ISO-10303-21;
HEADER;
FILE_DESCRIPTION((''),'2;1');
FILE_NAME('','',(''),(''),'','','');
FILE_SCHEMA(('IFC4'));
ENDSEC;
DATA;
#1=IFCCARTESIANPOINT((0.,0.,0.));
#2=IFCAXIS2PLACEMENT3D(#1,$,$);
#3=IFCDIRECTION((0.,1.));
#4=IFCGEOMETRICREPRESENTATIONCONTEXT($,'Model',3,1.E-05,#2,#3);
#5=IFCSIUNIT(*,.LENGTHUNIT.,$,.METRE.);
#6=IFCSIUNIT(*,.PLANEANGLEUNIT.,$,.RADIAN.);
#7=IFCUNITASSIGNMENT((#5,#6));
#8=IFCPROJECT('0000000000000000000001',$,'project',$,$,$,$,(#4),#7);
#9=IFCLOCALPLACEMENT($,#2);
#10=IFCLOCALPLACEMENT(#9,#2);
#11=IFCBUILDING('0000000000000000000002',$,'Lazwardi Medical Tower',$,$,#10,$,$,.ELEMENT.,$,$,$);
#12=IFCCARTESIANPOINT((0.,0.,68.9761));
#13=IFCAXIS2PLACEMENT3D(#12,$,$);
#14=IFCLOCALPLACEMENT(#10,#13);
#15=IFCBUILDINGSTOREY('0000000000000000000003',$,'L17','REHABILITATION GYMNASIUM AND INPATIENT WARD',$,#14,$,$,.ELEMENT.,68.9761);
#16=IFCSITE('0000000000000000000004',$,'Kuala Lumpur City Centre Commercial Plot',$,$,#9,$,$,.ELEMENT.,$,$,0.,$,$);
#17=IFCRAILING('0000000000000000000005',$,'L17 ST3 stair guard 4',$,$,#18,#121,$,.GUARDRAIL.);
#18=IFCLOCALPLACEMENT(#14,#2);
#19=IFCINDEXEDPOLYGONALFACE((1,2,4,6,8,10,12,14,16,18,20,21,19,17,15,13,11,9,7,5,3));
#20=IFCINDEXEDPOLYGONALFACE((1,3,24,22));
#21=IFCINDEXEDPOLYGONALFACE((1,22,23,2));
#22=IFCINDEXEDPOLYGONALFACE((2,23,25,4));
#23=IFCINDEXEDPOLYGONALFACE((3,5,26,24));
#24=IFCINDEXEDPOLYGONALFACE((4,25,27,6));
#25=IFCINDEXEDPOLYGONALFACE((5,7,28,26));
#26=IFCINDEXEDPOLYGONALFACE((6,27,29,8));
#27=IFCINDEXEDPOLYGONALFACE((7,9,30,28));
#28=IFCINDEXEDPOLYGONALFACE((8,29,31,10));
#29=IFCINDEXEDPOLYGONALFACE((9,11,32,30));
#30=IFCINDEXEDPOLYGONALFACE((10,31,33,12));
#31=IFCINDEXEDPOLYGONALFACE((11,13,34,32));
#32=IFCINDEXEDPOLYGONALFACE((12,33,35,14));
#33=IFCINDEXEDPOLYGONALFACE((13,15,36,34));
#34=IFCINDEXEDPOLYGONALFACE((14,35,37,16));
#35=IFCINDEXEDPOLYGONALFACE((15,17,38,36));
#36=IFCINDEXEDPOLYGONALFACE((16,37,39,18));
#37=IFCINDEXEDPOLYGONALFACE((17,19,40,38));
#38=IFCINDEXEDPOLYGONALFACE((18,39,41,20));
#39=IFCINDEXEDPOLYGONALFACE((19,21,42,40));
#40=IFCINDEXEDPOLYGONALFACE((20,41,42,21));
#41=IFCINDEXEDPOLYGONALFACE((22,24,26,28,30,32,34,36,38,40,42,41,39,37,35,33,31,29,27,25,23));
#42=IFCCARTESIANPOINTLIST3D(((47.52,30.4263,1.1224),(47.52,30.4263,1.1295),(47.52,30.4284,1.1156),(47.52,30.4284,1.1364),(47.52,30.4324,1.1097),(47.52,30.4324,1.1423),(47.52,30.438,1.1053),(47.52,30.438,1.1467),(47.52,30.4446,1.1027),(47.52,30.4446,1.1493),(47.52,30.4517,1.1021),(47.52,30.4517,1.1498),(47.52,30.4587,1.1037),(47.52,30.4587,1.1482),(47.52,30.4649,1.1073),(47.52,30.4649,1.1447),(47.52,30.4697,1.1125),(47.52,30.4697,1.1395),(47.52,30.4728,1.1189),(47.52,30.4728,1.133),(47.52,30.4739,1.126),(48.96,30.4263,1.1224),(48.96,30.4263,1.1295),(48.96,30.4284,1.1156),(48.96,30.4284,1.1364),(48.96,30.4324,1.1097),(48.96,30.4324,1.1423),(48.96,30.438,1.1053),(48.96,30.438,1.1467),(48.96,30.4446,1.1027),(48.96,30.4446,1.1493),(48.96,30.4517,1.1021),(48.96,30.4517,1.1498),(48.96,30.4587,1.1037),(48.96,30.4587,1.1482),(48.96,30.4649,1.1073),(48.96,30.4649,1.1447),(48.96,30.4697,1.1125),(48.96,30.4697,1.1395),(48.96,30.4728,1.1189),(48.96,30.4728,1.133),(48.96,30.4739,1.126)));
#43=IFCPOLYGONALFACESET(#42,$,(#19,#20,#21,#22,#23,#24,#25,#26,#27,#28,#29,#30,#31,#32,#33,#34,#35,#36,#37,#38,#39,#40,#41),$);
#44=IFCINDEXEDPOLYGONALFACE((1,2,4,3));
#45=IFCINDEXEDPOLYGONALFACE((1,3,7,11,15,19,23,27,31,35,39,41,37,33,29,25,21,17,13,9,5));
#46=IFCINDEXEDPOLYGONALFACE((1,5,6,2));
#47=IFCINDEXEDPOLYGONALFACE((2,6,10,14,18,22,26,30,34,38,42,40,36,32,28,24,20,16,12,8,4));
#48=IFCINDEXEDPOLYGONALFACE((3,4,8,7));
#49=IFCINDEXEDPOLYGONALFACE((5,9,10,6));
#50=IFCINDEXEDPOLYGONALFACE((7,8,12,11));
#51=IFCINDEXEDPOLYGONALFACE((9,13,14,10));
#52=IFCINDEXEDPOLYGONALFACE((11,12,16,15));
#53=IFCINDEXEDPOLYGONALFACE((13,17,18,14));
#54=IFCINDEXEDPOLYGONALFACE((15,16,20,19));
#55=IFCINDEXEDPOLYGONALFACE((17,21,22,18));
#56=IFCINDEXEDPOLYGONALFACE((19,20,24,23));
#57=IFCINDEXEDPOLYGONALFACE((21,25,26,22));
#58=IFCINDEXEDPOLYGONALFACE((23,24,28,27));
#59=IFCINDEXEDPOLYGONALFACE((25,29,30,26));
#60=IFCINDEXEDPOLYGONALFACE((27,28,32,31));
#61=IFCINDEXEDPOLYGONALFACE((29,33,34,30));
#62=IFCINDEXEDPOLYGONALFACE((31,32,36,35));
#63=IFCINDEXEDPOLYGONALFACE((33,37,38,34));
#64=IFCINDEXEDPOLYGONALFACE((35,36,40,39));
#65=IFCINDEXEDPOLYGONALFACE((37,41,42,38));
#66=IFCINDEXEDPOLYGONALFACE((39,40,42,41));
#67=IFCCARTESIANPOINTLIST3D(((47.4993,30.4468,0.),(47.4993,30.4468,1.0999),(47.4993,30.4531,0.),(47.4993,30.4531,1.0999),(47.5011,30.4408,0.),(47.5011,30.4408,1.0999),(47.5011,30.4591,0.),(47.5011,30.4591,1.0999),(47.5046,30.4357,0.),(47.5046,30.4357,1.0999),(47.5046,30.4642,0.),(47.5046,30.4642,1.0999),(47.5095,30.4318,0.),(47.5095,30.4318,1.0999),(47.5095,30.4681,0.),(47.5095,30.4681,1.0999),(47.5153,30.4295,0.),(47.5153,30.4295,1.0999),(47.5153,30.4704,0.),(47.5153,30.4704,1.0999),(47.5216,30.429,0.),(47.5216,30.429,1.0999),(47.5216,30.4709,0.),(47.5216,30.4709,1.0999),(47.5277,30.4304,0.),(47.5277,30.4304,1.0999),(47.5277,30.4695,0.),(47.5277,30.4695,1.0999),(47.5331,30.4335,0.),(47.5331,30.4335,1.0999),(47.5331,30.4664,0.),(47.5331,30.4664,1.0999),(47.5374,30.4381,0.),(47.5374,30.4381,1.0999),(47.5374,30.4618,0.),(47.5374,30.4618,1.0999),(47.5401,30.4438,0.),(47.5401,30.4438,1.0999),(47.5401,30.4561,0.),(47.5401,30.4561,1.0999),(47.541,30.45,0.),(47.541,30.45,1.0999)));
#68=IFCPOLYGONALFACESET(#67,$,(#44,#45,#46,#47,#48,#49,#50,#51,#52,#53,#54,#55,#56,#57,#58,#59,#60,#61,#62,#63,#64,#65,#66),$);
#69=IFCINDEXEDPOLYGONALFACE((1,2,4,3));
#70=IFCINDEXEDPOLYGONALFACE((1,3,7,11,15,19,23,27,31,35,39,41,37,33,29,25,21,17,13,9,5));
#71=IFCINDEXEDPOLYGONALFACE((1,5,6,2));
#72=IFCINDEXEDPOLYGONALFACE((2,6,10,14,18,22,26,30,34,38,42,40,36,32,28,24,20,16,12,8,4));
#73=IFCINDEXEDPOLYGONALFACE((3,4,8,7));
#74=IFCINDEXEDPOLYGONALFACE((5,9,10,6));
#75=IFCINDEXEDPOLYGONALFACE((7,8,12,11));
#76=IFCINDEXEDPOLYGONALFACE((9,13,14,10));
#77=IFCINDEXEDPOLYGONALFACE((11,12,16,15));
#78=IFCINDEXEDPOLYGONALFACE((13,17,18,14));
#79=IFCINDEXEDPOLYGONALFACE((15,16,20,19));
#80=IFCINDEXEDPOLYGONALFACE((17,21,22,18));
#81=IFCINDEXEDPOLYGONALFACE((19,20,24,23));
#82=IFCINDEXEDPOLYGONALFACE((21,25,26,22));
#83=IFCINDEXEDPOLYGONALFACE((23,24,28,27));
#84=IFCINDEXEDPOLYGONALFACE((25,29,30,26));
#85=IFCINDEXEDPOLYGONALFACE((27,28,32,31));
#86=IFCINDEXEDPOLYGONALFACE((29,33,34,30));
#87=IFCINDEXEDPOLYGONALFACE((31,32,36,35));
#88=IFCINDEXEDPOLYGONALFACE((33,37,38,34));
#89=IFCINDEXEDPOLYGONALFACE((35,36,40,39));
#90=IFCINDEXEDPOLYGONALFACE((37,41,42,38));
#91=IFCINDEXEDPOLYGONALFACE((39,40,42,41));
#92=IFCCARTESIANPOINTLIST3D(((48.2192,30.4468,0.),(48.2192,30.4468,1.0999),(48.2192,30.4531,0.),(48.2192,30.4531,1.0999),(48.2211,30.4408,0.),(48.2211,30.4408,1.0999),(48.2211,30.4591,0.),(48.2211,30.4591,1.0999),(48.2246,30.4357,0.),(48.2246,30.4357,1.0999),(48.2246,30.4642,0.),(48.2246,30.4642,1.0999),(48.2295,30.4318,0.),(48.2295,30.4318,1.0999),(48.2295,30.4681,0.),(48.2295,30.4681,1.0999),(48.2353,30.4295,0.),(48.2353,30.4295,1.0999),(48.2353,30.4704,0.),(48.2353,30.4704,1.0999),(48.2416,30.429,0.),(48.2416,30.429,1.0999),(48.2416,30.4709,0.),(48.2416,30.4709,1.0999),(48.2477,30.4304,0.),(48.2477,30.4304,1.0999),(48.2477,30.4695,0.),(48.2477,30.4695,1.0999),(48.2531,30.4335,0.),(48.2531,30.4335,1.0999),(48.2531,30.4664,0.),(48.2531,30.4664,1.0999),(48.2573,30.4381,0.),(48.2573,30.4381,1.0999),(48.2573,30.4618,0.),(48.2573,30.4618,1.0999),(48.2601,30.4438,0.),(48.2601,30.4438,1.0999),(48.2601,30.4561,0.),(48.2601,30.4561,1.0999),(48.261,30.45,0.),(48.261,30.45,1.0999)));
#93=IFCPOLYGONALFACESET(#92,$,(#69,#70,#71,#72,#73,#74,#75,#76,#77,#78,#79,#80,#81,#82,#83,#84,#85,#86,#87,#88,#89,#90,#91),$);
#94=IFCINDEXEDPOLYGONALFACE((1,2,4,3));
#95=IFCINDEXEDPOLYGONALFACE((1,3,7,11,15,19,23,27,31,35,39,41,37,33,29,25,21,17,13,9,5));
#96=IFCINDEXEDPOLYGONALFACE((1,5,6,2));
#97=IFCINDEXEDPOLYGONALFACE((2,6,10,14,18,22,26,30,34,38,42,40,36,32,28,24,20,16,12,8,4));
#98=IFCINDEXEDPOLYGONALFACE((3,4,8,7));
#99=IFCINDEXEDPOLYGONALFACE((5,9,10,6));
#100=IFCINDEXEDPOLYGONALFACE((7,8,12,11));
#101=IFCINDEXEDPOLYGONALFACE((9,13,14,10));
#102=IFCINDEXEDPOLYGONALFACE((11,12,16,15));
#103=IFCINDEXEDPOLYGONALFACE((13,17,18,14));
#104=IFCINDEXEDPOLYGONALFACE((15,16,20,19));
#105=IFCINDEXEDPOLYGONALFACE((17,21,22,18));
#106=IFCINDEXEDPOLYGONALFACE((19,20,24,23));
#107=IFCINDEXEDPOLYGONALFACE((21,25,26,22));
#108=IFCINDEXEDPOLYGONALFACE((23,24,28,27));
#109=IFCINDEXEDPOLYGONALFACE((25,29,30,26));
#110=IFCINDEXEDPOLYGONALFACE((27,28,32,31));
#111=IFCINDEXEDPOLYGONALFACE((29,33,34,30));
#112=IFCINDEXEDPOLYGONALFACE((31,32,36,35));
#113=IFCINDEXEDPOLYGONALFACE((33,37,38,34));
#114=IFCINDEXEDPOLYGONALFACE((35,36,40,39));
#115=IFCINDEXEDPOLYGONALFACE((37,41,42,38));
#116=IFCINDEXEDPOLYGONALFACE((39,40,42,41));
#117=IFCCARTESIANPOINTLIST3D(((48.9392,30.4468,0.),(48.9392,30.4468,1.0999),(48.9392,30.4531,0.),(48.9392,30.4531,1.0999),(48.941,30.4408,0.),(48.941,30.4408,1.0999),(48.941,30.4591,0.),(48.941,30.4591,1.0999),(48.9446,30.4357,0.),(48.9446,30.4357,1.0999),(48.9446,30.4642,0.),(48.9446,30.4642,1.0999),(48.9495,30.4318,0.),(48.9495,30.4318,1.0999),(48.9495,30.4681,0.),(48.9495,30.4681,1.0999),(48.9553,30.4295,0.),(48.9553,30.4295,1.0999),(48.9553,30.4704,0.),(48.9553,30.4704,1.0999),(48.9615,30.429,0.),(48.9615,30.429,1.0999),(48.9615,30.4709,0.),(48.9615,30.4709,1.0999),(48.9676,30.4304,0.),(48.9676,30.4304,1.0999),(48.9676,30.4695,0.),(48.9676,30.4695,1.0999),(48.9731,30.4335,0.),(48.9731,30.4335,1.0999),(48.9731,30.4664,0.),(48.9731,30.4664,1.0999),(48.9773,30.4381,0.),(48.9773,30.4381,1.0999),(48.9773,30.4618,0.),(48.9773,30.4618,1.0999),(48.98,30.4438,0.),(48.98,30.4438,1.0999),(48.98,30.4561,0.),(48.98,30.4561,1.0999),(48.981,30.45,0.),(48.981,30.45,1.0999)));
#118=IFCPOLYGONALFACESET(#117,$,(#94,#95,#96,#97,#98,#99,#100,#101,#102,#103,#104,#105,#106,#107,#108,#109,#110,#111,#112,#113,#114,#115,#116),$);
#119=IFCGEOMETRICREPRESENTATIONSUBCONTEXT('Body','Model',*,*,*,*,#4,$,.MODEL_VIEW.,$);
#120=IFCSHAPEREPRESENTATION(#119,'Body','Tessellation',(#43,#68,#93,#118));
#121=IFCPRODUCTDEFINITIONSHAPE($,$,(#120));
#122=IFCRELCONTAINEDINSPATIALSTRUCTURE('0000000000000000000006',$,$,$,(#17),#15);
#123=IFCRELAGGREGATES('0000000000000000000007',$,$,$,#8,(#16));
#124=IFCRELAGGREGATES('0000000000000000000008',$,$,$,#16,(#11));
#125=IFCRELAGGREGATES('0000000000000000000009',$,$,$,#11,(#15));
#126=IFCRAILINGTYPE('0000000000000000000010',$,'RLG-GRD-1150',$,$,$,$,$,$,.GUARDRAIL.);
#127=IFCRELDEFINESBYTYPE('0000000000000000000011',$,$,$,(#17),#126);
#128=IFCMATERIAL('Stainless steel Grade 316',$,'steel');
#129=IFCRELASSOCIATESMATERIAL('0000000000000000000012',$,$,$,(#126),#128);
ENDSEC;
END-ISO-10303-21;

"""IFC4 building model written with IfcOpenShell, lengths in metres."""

from ifc_helpers import new_model, si_unit, direction, frame, origin, origin_2d, place, context, subcontext, project, spatial, circle, extrude, material, type_object, element, save


model = new_model("IFC4")

# Units and contexts
model_context = context("Model", 3, precision=1e-05, world=origin(), true_north=direction((0.0, 1.0)))
body_context = subcontext(model_context, "Body", "Model", "MODEL_VIEW")
ifc_project = project(units=[si_unit("LENGTHUNIT", "METRE"), si_unit("PLANEANGLEUNIT", "RADIAN")], contexts=[model_context])

# Site, building, storey
site_placement = place(None, origin())
site = spatial("IfcSite", under=ifc_project, at=site_placement, Name="Kuala Lumpur City Centre Commercial Plot", CompositionType="ELEMENT", RefElevation=0.0)
building_placement = place(site_placement, origin())
building = spatial("IfcBuilding", under=site, at=building_placement, Name="Lazwardi Medical Tower", CompositionType="ELEMENT")
storey_placement = place(building_placement, frame((0.0, 0.0, 68.9761)))
storey = spatial("IfcBuildingStorey", under=building, at=storey_placement, Name="L17", Description="REHABILITATION GYMNASIUM AND INPATIENT WARD", CompositionType="ELEMENT", Elevation=68.9761)

# Railing
ifc_material_1 = material(Name="Stainless steel Grade 316", Category="steel")
railing_type_1 = type_object("IfcRailingType", Name="RLG-GRD-1150", PredefinedType="GUARDRAIL", material=ifc_material_1)
railing_1_placement = place(storey_placement, frame((47.52, 30.45, 0.0)))
element("IfcRailing", 1, at=railing_1_placement, inside=storey, type_object=railing_type_1, Name="L17 ST3 stair guard 4", PredefinedType="GUARDRAIL", context=body_context, shape_type="SweptSolid", body=[
    extrude(circle(Radius=0.0239, at=origin_2d()), frame((0.0, 0.0, 1.126), z_axis=(1.0, 0.0, 0.0), x_axis=(0.0, 1.0, 0.0)), (0.0, 0.0, 1.0), 1.4399),
    extrude(circle(Radius=0.021, at=origin_2d()), origin(), (0.0, 0.0, 1.0), 1.0999),
    extrude(circle(Radius=0.021, at=origin_2d()), frame((0.72, 0.0, 0.0)), (0.0, 0.0, 1.0), 1.0999),
    extrude(circle(Radius=0.021, at=origin_2d()), frame((1.4399, 0.0, 0.0)), (0.0, 0.0, 1.0), 1.0999),
])

save(model, "model.ifc")
